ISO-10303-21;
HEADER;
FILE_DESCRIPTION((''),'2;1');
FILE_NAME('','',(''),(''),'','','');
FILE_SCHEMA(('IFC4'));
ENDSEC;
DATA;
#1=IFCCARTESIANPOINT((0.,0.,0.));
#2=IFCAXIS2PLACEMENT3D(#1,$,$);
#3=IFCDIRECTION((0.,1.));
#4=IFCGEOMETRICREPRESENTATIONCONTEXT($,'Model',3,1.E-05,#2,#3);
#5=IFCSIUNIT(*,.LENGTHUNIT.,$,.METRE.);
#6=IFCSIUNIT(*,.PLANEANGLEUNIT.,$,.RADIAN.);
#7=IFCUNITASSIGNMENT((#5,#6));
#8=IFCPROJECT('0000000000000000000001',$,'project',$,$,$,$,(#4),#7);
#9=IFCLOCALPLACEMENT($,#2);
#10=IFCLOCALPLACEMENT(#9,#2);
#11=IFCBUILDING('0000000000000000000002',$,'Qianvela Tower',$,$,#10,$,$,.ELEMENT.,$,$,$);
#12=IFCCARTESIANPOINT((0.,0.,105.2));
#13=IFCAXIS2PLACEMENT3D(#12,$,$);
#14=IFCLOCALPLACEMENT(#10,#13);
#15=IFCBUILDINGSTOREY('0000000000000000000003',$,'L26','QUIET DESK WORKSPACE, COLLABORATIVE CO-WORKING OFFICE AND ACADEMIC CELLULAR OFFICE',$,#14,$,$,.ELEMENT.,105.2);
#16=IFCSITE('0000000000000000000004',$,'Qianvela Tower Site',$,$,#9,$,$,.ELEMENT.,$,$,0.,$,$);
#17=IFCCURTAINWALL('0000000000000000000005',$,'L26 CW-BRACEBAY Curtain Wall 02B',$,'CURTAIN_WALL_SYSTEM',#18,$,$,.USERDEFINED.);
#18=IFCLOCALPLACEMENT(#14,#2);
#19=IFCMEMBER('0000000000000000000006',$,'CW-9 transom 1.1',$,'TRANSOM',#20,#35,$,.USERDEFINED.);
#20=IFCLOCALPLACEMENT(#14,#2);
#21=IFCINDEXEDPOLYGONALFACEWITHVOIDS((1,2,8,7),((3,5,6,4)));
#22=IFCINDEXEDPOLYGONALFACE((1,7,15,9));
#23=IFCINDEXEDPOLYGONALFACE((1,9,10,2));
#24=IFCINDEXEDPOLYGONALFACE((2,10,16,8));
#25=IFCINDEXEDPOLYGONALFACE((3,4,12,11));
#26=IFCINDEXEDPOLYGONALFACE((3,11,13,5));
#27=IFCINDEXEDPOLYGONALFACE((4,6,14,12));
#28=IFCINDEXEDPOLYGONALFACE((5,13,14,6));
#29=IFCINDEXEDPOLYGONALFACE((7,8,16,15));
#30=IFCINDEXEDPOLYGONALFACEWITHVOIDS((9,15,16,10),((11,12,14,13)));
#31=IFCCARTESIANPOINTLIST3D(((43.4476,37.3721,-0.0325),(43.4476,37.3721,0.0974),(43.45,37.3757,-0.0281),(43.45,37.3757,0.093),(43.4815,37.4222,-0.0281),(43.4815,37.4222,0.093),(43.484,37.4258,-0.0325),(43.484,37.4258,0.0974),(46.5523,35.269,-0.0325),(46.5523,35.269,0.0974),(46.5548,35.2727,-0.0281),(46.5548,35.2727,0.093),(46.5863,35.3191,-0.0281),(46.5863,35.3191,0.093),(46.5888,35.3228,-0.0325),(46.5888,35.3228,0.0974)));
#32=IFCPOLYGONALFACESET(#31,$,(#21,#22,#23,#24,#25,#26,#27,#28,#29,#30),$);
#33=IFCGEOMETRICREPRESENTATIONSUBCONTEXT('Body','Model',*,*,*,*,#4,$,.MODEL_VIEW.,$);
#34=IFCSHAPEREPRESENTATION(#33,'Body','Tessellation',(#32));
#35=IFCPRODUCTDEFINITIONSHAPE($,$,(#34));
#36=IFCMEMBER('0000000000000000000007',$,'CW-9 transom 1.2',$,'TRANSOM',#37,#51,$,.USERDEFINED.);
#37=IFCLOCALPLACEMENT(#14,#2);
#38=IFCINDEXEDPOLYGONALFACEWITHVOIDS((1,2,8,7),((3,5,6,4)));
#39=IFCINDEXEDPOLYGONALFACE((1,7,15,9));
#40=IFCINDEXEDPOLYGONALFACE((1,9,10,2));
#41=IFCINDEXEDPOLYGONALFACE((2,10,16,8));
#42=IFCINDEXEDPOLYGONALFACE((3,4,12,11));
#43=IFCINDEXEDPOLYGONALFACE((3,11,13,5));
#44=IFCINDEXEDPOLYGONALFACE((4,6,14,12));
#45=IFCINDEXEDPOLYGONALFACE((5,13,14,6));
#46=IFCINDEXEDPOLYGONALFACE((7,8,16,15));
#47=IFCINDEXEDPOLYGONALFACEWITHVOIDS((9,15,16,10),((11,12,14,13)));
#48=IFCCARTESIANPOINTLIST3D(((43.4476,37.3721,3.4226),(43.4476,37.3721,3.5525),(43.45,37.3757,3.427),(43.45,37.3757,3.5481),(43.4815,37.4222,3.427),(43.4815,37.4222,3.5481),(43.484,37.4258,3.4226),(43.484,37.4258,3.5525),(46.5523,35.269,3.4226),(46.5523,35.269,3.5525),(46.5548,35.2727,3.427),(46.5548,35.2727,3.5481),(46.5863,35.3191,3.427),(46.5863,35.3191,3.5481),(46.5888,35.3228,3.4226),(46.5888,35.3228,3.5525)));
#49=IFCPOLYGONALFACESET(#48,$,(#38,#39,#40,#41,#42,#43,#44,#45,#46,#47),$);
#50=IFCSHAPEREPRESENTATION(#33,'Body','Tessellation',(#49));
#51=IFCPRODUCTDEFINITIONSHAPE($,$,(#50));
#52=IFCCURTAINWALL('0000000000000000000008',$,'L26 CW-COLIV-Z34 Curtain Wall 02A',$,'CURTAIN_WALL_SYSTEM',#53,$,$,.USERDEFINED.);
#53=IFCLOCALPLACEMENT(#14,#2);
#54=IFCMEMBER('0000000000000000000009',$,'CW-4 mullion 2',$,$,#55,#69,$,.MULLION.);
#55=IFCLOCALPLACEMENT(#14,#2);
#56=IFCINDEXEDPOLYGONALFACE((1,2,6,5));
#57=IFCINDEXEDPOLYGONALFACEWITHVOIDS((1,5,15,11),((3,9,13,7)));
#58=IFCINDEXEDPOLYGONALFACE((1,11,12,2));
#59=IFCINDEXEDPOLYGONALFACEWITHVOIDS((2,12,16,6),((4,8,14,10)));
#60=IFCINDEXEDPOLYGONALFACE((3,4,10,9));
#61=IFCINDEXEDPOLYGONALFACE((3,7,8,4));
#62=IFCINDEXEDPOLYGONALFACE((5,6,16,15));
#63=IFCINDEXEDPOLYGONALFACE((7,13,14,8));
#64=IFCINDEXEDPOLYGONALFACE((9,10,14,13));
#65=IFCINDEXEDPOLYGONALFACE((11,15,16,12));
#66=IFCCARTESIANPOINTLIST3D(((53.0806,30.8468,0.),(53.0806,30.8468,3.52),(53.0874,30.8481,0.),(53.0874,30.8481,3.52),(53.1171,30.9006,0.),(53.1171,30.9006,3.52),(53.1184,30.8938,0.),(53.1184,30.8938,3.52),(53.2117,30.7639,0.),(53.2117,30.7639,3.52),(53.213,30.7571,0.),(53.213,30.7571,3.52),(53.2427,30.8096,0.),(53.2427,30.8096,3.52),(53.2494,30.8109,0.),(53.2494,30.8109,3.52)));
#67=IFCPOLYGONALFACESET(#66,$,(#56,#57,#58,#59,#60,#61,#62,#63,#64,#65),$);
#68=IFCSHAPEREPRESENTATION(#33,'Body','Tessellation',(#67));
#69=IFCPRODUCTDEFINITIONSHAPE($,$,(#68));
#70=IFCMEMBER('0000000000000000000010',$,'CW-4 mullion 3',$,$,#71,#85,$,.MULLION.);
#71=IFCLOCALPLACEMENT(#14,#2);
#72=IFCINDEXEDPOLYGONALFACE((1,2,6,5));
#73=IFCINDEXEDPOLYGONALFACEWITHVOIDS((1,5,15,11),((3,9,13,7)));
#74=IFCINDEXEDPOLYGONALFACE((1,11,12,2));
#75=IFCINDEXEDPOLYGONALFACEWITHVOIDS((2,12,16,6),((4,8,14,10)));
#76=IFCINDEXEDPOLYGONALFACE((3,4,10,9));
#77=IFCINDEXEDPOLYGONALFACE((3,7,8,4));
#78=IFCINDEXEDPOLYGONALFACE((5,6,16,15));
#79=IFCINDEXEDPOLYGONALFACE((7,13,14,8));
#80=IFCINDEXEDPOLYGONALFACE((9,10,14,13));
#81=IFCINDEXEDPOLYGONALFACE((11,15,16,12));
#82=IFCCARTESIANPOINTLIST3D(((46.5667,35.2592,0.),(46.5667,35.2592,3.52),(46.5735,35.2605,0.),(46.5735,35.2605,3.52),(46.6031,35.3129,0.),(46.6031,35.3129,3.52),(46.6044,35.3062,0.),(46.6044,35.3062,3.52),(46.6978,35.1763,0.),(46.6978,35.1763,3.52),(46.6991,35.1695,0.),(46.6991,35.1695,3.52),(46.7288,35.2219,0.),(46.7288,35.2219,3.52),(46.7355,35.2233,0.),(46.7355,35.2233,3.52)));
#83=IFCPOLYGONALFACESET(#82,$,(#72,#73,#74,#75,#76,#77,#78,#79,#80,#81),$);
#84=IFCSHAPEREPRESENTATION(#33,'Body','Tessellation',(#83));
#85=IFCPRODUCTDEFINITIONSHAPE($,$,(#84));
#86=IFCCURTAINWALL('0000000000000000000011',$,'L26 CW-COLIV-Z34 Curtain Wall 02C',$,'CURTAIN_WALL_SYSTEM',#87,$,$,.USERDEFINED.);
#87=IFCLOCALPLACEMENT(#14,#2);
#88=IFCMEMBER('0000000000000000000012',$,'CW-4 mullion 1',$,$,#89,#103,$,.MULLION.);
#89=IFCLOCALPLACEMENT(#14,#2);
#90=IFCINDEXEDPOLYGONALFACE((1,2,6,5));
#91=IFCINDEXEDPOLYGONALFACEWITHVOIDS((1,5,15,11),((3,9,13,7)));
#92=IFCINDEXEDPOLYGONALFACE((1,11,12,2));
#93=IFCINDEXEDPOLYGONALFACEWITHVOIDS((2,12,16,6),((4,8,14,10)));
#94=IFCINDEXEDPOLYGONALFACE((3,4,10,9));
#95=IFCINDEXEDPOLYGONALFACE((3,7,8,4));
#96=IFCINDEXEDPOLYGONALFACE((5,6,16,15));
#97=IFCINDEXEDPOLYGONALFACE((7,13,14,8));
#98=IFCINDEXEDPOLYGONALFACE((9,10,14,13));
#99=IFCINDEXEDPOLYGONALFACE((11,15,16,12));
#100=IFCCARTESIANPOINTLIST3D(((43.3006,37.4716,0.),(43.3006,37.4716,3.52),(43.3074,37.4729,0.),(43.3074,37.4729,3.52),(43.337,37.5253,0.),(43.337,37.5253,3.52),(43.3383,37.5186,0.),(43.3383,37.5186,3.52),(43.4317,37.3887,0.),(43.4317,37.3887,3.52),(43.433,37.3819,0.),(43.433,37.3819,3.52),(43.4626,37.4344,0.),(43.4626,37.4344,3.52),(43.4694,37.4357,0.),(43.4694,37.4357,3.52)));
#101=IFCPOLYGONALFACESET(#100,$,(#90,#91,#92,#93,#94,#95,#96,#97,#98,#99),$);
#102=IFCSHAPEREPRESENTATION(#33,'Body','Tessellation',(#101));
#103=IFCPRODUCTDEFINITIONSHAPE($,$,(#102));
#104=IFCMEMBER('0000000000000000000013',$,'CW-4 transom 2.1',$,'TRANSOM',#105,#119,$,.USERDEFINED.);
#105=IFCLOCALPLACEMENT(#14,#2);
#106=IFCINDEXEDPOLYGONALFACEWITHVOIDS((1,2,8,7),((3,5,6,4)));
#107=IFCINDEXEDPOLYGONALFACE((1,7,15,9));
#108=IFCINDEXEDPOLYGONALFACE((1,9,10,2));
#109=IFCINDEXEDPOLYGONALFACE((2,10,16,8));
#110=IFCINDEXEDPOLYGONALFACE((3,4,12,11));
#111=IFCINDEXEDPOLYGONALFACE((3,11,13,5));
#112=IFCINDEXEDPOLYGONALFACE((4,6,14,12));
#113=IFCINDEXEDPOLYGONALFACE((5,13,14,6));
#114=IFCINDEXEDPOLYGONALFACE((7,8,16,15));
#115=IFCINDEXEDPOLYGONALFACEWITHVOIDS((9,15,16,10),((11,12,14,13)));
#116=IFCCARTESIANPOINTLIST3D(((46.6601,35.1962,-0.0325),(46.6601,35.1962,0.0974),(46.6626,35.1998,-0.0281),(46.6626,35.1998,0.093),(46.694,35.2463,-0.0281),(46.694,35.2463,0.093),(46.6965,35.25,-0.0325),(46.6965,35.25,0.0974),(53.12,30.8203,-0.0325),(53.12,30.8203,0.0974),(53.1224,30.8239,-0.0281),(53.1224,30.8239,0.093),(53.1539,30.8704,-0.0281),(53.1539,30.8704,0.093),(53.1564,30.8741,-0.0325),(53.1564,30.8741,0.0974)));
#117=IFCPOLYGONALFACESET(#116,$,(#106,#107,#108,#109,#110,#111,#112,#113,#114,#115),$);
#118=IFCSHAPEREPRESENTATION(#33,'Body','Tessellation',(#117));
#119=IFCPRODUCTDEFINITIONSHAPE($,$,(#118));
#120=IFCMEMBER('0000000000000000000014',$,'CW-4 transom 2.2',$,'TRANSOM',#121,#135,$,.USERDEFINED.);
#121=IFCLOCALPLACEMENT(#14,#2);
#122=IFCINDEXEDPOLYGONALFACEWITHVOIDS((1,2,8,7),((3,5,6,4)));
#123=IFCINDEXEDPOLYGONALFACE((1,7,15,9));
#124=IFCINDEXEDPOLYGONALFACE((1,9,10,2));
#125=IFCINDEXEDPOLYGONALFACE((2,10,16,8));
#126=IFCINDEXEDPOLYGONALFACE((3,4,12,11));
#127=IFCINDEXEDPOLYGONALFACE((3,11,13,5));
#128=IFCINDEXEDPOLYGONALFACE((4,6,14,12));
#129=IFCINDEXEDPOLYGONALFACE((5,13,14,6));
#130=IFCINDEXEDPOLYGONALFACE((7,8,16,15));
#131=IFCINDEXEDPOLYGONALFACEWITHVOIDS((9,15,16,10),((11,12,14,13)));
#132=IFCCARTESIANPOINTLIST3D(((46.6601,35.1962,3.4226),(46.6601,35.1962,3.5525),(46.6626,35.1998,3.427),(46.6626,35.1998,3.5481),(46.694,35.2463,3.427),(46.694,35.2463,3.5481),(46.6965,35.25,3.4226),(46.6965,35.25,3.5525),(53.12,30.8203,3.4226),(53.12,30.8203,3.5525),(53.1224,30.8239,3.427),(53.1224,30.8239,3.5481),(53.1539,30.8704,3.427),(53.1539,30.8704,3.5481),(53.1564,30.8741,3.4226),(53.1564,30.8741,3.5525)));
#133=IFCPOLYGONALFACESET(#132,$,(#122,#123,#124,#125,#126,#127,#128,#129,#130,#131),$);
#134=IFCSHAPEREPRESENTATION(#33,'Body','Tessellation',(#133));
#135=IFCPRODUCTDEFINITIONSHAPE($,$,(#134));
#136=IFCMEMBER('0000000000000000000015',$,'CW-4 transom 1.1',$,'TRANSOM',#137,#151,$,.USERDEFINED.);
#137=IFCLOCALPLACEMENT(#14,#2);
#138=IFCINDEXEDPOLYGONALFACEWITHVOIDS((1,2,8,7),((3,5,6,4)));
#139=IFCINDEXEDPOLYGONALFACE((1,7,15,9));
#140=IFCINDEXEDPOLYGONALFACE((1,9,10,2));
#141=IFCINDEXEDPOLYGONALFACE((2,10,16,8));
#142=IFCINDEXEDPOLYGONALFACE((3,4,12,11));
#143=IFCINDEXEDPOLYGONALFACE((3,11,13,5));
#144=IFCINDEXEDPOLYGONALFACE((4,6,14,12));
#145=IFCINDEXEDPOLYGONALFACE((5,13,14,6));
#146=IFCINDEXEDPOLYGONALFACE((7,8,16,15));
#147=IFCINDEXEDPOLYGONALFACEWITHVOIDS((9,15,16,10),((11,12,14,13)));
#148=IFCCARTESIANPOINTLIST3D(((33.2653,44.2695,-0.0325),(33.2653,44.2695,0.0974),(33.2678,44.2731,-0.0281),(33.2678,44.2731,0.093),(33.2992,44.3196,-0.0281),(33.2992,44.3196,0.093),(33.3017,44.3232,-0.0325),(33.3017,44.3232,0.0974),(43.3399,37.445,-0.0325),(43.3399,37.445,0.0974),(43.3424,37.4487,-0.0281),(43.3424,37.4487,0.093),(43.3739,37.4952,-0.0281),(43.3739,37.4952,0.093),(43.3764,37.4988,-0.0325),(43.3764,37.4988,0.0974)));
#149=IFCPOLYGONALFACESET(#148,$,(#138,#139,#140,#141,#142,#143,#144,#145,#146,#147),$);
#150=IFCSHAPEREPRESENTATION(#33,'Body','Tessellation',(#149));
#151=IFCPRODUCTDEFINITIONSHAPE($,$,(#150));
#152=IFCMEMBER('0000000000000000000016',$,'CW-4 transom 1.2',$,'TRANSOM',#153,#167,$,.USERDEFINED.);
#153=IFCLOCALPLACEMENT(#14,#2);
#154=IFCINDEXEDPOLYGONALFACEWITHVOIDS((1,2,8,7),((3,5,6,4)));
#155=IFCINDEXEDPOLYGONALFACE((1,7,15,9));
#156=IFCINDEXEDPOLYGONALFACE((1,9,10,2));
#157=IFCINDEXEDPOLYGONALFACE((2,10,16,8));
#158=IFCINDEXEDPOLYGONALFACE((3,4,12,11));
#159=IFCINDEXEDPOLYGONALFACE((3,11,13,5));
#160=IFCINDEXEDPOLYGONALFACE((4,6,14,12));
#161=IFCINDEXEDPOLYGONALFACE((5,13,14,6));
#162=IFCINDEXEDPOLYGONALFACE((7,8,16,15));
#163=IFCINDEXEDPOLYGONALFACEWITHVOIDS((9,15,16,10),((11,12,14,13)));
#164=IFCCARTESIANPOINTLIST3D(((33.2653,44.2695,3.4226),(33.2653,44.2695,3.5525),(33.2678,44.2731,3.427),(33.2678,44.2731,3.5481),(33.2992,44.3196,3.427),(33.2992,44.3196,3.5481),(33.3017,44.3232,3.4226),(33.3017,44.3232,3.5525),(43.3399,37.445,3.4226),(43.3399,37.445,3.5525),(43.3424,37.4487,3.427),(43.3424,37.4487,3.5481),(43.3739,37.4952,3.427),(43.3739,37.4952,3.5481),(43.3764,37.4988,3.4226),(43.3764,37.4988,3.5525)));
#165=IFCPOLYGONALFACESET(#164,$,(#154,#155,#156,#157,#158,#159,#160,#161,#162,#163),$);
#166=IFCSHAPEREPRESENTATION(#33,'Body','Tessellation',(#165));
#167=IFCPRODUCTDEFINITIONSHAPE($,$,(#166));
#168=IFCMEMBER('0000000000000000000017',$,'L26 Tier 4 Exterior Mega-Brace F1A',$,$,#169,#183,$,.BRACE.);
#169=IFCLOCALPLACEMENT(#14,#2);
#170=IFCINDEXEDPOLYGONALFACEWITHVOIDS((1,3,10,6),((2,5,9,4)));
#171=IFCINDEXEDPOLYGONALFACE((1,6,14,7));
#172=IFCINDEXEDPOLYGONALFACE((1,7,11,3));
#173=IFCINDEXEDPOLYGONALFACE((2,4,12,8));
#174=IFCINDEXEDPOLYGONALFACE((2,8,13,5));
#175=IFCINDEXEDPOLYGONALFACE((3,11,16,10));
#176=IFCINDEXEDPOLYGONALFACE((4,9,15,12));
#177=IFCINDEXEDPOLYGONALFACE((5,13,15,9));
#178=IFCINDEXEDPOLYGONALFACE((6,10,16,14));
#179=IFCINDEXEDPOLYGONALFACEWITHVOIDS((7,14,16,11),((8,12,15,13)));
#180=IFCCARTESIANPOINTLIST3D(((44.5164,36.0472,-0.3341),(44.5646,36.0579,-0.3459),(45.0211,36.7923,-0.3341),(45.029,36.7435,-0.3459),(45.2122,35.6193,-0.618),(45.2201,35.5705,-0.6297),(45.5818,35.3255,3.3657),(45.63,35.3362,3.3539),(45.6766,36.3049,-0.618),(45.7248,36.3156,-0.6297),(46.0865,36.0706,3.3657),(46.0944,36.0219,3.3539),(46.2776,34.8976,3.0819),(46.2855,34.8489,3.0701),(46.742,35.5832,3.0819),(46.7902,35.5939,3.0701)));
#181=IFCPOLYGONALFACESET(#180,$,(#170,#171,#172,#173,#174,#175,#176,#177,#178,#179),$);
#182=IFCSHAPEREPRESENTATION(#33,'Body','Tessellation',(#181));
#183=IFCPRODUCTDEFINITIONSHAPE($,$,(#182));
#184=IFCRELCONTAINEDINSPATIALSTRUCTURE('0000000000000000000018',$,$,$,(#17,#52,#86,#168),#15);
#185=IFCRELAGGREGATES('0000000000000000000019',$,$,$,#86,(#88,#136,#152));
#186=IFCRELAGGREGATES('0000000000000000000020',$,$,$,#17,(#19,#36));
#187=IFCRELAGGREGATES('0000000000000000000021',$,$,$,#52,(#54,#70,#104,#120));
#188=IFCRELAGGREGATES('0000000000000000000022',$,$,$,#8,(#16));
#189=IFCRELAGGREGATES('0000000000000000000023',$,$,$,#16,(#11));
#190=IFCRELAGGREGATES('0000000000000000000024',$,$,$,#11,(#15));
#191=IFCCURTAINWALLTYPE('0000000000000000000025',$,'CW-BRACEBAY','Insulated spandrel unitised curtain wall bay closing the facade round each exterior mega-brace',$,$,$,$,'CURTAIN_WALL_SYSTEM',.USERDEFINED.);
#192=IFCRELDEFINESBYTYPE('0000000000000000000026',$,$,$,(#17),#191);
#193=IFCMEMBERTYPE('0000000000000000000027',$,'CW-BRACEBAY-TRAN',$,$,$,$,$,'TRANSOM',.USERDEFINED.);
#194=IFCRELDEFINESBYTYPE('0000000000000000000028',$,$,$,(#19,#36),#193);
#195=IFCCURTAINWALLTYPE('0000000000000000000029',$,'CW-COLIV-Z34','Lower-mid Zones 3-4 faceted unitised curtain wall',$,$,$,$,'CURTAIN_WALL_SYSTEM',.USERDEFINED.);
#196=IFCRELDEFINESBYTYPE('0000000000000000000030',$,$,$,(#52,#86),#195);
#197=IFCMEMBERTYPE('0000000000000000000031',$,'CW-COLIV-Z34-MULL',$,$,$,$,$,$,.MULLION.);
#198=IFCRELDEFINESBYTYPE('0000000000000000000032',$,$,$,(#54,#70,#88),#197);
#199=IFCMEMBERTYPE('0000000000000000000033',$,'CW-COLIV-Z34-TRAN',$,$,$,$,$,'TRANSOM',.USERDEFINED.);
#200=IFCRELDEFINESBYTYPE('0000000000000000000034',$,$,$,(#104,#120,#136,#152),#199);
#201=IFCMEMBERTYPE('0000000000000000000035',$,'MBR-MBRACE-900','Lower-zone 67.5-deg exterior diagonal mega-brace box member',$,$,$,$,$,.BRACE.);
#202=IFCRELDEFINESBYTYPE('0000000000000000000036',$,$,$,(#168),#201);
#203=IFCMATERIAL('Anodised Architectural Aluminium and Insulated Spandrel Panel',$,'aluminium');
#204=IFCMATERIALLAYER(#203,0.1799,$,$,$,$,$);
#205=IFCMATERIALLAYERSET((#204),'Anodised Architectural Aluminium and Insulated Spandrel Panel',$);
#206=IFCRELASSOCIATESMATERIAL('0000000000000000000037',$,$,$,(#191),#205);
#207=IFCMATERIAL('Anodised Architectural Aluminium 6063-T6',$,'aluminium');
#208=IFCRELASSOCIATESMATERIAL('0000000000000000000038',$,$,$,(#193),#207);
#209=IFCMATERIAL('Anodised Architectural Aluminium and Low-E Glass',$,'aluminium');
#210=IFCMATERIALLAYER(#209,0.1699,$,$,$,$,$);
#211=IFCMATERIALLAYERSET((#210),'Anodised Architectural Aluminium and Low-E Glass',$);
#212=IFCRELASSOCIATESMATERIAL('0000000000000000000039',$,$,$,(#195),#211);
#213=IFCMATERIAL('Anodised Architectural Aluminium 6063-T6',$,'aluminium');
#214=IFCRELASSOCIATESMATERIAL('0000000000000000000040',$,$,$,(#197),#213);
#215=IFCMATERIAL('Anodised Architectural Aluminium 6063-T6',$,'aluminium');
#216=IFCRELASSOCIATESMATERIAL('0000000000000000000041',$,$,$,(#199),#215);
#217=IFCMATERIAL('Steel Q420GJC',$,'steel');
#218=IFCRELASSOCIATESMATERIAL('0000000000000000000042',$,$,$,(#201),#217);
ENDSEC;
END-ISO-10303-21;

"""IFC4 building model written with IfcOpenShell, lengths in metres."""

from ifc_helpers import new_model, si_unit, direction, frame, origin, origin_2d, place, context, subcontext, project, spatial, hollow_rectangle, extrude, material, layer, layer_set, material_profile, profile_set, type_object, element, aggregate, save


model = new_model("IFC4")

# Units and contexts
model_context = context("Model", 3, precision=1e-05, world=origin(), true_north=direction((0.0, 1.0)))
body_context = subcontext(model_context, "Body", "Model", "MODEL_VIEW")
ifc_project = project(units=[si_unit("LENGTHUNIT", "METRE"), si_unit("PLANEANGLEUNIT", "RADIAN")], contexts=[model_context])

# Site, building, storey
site_placement = place(None, origin())
site = spatial("IfcSite", under=ifc_project, at=site_placement, Name="Qianvela Tower Site", CompositionType="ELEMENT", RefElevation=0.0)
building_placement = place(site_placement, origin())
building = spatial("IfcBuilding", under=site, at=building_placement, Name="Qianvela Tower", CompositionType="ELEMENT")
storey_placement = place(building_placement, frame((0.0, 0.0, 105.2)))
storey = spatial("IfcBuildingStorey", under=building, at=storey_placement, Name="L26", Description="QUIET DESK WORKSPACE, COLLABORATIVE CO-WORKING OFFICE AND ACADEMIC CELLULAR OFFICE", CompositionType="ELEMENT", Elevation=105.2)

# Curtain walls, members
ifc_material_1 = material(Name="Anodised Architectural Aluminium and Insulated Spandrel Panel", Category="aluminium")
ifc_layer_1 = layer(ifc_material_1, 0.1799)
ifc_layer_set_1 = layer_set([ifc_layer_1], Name="Anodised Architectural Aluminium and Insulated Spandrel Panel")
curtain_wall_type_1 = type_object("IfcCurtainWallType", Name="CW-BRACEBAY", Description="Insulated spandrel unitised curtain wall bay closing the facade round each exterior mega-brace", ElementType="CURTAIN_WALL_SYSTEM", PredefinedType="USERDEFINED", material=ifc_layer_set_1)
curtain_wall_1_placement = place(storey_placement, origin())
curtain_wall_1 = element("IfcCurtainWall", 1, at=curtain_wall_1_placement, inside=storey, type_object=curtain_wall_type_1, Name="L26 CW-BRACEBAY Curtain Wall 02B", ObjectType="CURTAIN_WALL_SYSTEM", PredefinedType="USERDEFINED")
ifc_material_2 = material(Name="Anodised Architectural Aluminium 6063-T6", Category="aluminium")
ifc_material_profile_1 = material_profile(ifc_material_2, hollow_rectangle(XDim=0.0649, YDim=0.1299, WallThickness=0.0044, at=origin_2d()), Name="ALU-TRAN-65x130")
ifc_profile_set_1 = profile_set([ifc_material_profile_1], Name="Anodised Architectural Aluminium 6063-T6")
member_type_1 = type_object("IfcMemberType", Name="CW-BRACEBAY-TRAN", ElementType="TRANSOM", PredefinedType="USERDEFINED", material=ifc_profile_set_1)
member_1_placement = place(storey_placement, frame((46.5706, 35.2959, 0.0325), z_axis=(-0.827941, 0.560815, 0.0), x_axis=(-0.560815, -0.827941, 0.0)))
member_1 = element("IfcMember", 2, at=member_1_placement, type_object=member_type_1, Name="CW-9 transom 1.1", ObjectType="TRANSOM", PredefinedType="USERDEFINED", context=body_context, shape_type="SweptSolid", body=[
    extrude(hollow_rectangle(XDim=0.0649, YDim=0.1299, WallThickness=0.0044, at=origin_2d()), origin(), (0.0, 0.0, 1.0), 3.75),
])
member_2_placement = place(storey_placement, frame((46.5706, 35.2959, 3.4875), z_axis=(-0.827941, 0.560815, 0.0), x_axis=(-0.560815, -0.827941, 0.0)))
member_2 = element("IfcMember", 3, at=member_2_placement, type_object=member_type_1, Name="CW-9 transom 1.2", ObjectType="TRANSOM", PredefinedType="USERDEFINED", context=body_context, shape_type="SweptSolid", body=[
    extrude(hollow_rectangle(XDim=0.0649, YDim=0.1299, WallThickness=0.0044, at=origin_2d()), origin(), (0.0, 0.0, 1.0), 3.75),
])
ifc_material_3 = material(Name="Anodised Architectural Aluminium and Low-E Glass", Category="aluminium")
ifc_layer_2 = layer(ifc_material_3, 0.1699)
ifc_layer_set_2 = layer_set([ifc_layer_2], Name="Anodised Architectural Aluminium and Low-E Glass")
curtain_wall_type_2 = type_object("IfcCurtainWallType", Name="CW-COLIV-Z34", Description="Lower-mid Zones 3-4 faceted unitised curtain wall", ElementType="CURTAIN_WALL_SYSTEM", PredefinedType="USERDEFINED", material=ifc_layer_set_2)
curtain_wall_2_placement = place(storey_placement, origin())
curtain_wall_2 = element("IfcCurtainWall", 4, at=curtain_wall_2_placement, inside=storey, type_object=curtain_wall_type_2, Name="L26 CW-COLIV-Z34 Curtain Wall 02A", ObjectType="CURTAIN_WALL_SYSTEM", PredefinedType="USERDEFINED")
ifc_material_4 = material(Name="Anodised Architectural Aluminium 6063-T6", Category="aluminium")
ifc_material_profile_2 = material_profile(ifc_material_4, hollow_rectangle(XDim=0.0649, YDim=0.1599, WallThickness=0.0049, at=origin_2d()), Name="ALU-MULL-65x160")
ifc_profile_set_2 = profile_set([ifc_material_profile_2], Name="Anodised Architectural Aluminium 6063-T6")
member_type_2 = type_object("IfcMemberType", Name="CW-COLIV-Z34-MULL", PredefinedType="MULLION", material=ifc_profile_set_2)
member_3_placement = place(storey_placement, frame((53.165, 30.8289, 0.0), z_axis=(0.0, 0.0, 1.0), x_axis=(-0.560827, -0.827933, 0.0)))
member_3 = element("IfcMember", 5, at=member_3_placement, type_object=member_type_2, Name="CW-4 mullion 2", PredefinedType="MULLION", context=body_context, shape_type="SweptSolid", body=[
    extrude(hollow_rectangle(XDim=0.0649, YDim=0.1599, WallThickness=0.0049, at=origin_2d()), origin(), (0.0, 0.0, 1.0), 3.52),
])
member_4_placement = place(storey_placement, frame((46.6511, 35.2412, 0.0), z_axis=(0.0, 0.0, 1.0), x_axis=(-0.560827, -0.827933, 0.0)))
member_4 = element("IfcMember", 6, at=member_4_placement, type_object=member_type_2, Name="CW-4 mullion 3", PredefinedType="MULLION", context=body_context, shape_type="SweptSolid", body=[
    extrude(hollow_rectangle(XDim=0.0649, YDim=0.1599, WallThickness=0.0049, at=origin_2d()), origin(), (0.0, 0.0, 1.0), 3.52),
])

# Curtain wall, member
curtain_wall_3_placement = place(storey_placement, origin())
curtain_wall_3 = element("IfcCurtainWall", 7, at=curtain_wall_3_placement, inside=storey, type_object=curtain_wall_type_2, Name="L26 CW-COLIV-Z34 Curtain Wall 02C", ObjectType="CURTAIN_WALL_SYSTEM", PredefinedType="USERDEFINED")
member_5_placement = place(storey_placement, frame((43.385, 37.4536, 0.0), z_axis=(0.0, 0.0, 1.0), x_axis=(-0.560827, -0.827933, 0.0)))
member_5 = element("IfcMember", 8, at=member_5_placement, type_object=member_type_2, Name="CW-4 mullion 1", PredefinedType="MULLION", context=body_context, shape_type="SweptSolid", body=[
    extrude(hollow_rectangle(XDim=0.0649, YDim=0.1599, WallThickness=0.0049, at=origin_2d()), origin(), (0.0, 0.0, 1.0), 3.52),
])

# Members
ifc_material_5 = material(Name="Anodised Architectural Aluminium 6063-T6", Category="aluminium")
ifc_material_profile_3 = material_profile(ifc_material_5, hollow_rectangle(XDim=0.0649, YDim=0.1299, WallThickness=0.0044, at=origin_2d()), Name="ALU-TRAN-65x130")
ifc_profile_set_3 = profile_set([ifc_material_profile_3], Name="Anodised Architectural Aluminium 6063-T6")
member_type_3 = type_object("IfcMemberType", Name="CW-COLIV-Z34-TRAN", ElementType="TRANSOM", PredefinedType="USERDEFINED", material=ifc_profile_set_3)
member_6_placement = place(storey_placement, frame((53.1382, 30.8472, 0.0325), z_axis=(-0.827926, 0.560837, 0.0), x_axis=(-0.560837, -0.827926, 0.0)))
member_6 = element("IfcMember", 9, at=member_6_placement, type_object=member_type_3, Name="CW-4 transom 2.1", ObjectType="TRANSOM", PredefinedType="USERDEFINED", context=body_context, shape_type="SweptSolid", body=[
    extrude(hollow_rectangle(XDim=0.0649, YDim=0.1299, WallThickness=0.0044, at=origin_2d()), origin(), (0.0, 0.0, 1.0), 7.8025),
])
member_7_placement = place(storey_placement, frame((53.1382, 30.8472, 3.4875), z_axis=(-0.827926, 0.560837, 0.0), x_axis=(-0.560837, -0.827926, 0.0)))
member_7 = element("IfcMember", 10, at=member_7_placement, type_object=member_type_3, Name="CW-4 transom 2.2", ObjectType="TRANSOM", PredefinedType="USERDEFINED", context=body_context, shape_type="SweptSolid", body=[
    extrude(hollow_rectangle(XDim=0.0649, YDim=0.1299, WallThickness=0.0044, at=origin_2d()), origin(), (0.0, 0.0, 1.0), 7.8025),
])
member_8_placement = place(storey_placement, frame((43.3582, 37.4719, 0.0325), z_axis=(-0.827932, 0.560829, 0.0), x_axis=(-0.560829, -0.827932, 0.0)))
member_8 = element("IfcMember", 11, at=member_8_placement, type_object=member_type_3, Name="CW-4 transom 1.1", ObjectType="TRANSOM", PredefinedType="USERDEFINED", context=body_context, shape_type="SweptSolid", body=[
    extrude(hollow_rectangle(XDim=0.0649, YDim=0.1299, WallThickness=0.0044, at=origin_2d()), origin(), (0.0, 0.0, 1.0), 12.1685),
])
member_9_placement = place(storey_placement, frame((43.3582, 37.4719, 3.4875), z_axis=(-0.827932, 0.560829, 0.0), x_axis=(-0.560829, -0.827932, 0.0)))
member_9 = element("IfcMember", 12, at=member_9_placement, type_object=member_type_3, Name="CW-4 transom 1.2", ObjectType="TRANSOM", PredefinedType="USERDEFINED", context=body_context, shape_type="SweptSolid", body=[
    extrude(hollow_rectangle(XDim=0.0649, YDim=0.1299, WallThickness=0.0044, at=origin_2d()), origin(), (0.0, 0.0, 1.0), 12.1685),
])
aggregate(curtain_wall_3, [member_5, member_8, member_9])

# Member
ifc_material_6 = material(Name="Steel Q420GJC", Category="steel")
ifc_material_profile_4 = material_profile(ifc_material_6, hollow_rectangle(XDim=0.8999, YDim=0.8999, WallThickness=0.0359, at=origin_2d()), Name="MBOX-900x900x36")
ifc_profile_set_4 = profile_set([ifc_material_profile_4], Name="Steel Q420GJC")
member_type_4 = type_object("IfcMemberType", Name="MBR-MBRACE-900", Description="Lower-zone 67.5-deg exterior diagonal mega-brace box member", PredefinedType="BRACE", material=ifc_profile_set_4)
for number, where, z_axis, x_axis, name in (
    (13, (45.1206, 36.1814, -0.4819), (0.271977, -0.184227, 0.944505), (0.560815, 0.827941, 0.0), "L26 Tier 4 Exterior Mega-Brace F1A"),
):
    element("IfcMember", number, at=place(storey_placement, frame(where, z_axis=z_axis, x_axis=x_axis)), inside=storey, type_object=member_type_4, Name=name, PredefinedType="BRACE", context=body_context, shape_type="SweptSolid", body=[
        extrude(hollow_rectangle(XDim=0.8999, YDim=0.8999, WallThickness=0.0359, at=origin_2d()), origin(), (0.0, 0.0, 1.0), 3.9172),
    ])

aggregate(curtain_wall_1, [member_1, member_2])
aggregate(curtain_wall_2, [member_3, member_4, member_6, member_7])

save(model, "model.ifc")
